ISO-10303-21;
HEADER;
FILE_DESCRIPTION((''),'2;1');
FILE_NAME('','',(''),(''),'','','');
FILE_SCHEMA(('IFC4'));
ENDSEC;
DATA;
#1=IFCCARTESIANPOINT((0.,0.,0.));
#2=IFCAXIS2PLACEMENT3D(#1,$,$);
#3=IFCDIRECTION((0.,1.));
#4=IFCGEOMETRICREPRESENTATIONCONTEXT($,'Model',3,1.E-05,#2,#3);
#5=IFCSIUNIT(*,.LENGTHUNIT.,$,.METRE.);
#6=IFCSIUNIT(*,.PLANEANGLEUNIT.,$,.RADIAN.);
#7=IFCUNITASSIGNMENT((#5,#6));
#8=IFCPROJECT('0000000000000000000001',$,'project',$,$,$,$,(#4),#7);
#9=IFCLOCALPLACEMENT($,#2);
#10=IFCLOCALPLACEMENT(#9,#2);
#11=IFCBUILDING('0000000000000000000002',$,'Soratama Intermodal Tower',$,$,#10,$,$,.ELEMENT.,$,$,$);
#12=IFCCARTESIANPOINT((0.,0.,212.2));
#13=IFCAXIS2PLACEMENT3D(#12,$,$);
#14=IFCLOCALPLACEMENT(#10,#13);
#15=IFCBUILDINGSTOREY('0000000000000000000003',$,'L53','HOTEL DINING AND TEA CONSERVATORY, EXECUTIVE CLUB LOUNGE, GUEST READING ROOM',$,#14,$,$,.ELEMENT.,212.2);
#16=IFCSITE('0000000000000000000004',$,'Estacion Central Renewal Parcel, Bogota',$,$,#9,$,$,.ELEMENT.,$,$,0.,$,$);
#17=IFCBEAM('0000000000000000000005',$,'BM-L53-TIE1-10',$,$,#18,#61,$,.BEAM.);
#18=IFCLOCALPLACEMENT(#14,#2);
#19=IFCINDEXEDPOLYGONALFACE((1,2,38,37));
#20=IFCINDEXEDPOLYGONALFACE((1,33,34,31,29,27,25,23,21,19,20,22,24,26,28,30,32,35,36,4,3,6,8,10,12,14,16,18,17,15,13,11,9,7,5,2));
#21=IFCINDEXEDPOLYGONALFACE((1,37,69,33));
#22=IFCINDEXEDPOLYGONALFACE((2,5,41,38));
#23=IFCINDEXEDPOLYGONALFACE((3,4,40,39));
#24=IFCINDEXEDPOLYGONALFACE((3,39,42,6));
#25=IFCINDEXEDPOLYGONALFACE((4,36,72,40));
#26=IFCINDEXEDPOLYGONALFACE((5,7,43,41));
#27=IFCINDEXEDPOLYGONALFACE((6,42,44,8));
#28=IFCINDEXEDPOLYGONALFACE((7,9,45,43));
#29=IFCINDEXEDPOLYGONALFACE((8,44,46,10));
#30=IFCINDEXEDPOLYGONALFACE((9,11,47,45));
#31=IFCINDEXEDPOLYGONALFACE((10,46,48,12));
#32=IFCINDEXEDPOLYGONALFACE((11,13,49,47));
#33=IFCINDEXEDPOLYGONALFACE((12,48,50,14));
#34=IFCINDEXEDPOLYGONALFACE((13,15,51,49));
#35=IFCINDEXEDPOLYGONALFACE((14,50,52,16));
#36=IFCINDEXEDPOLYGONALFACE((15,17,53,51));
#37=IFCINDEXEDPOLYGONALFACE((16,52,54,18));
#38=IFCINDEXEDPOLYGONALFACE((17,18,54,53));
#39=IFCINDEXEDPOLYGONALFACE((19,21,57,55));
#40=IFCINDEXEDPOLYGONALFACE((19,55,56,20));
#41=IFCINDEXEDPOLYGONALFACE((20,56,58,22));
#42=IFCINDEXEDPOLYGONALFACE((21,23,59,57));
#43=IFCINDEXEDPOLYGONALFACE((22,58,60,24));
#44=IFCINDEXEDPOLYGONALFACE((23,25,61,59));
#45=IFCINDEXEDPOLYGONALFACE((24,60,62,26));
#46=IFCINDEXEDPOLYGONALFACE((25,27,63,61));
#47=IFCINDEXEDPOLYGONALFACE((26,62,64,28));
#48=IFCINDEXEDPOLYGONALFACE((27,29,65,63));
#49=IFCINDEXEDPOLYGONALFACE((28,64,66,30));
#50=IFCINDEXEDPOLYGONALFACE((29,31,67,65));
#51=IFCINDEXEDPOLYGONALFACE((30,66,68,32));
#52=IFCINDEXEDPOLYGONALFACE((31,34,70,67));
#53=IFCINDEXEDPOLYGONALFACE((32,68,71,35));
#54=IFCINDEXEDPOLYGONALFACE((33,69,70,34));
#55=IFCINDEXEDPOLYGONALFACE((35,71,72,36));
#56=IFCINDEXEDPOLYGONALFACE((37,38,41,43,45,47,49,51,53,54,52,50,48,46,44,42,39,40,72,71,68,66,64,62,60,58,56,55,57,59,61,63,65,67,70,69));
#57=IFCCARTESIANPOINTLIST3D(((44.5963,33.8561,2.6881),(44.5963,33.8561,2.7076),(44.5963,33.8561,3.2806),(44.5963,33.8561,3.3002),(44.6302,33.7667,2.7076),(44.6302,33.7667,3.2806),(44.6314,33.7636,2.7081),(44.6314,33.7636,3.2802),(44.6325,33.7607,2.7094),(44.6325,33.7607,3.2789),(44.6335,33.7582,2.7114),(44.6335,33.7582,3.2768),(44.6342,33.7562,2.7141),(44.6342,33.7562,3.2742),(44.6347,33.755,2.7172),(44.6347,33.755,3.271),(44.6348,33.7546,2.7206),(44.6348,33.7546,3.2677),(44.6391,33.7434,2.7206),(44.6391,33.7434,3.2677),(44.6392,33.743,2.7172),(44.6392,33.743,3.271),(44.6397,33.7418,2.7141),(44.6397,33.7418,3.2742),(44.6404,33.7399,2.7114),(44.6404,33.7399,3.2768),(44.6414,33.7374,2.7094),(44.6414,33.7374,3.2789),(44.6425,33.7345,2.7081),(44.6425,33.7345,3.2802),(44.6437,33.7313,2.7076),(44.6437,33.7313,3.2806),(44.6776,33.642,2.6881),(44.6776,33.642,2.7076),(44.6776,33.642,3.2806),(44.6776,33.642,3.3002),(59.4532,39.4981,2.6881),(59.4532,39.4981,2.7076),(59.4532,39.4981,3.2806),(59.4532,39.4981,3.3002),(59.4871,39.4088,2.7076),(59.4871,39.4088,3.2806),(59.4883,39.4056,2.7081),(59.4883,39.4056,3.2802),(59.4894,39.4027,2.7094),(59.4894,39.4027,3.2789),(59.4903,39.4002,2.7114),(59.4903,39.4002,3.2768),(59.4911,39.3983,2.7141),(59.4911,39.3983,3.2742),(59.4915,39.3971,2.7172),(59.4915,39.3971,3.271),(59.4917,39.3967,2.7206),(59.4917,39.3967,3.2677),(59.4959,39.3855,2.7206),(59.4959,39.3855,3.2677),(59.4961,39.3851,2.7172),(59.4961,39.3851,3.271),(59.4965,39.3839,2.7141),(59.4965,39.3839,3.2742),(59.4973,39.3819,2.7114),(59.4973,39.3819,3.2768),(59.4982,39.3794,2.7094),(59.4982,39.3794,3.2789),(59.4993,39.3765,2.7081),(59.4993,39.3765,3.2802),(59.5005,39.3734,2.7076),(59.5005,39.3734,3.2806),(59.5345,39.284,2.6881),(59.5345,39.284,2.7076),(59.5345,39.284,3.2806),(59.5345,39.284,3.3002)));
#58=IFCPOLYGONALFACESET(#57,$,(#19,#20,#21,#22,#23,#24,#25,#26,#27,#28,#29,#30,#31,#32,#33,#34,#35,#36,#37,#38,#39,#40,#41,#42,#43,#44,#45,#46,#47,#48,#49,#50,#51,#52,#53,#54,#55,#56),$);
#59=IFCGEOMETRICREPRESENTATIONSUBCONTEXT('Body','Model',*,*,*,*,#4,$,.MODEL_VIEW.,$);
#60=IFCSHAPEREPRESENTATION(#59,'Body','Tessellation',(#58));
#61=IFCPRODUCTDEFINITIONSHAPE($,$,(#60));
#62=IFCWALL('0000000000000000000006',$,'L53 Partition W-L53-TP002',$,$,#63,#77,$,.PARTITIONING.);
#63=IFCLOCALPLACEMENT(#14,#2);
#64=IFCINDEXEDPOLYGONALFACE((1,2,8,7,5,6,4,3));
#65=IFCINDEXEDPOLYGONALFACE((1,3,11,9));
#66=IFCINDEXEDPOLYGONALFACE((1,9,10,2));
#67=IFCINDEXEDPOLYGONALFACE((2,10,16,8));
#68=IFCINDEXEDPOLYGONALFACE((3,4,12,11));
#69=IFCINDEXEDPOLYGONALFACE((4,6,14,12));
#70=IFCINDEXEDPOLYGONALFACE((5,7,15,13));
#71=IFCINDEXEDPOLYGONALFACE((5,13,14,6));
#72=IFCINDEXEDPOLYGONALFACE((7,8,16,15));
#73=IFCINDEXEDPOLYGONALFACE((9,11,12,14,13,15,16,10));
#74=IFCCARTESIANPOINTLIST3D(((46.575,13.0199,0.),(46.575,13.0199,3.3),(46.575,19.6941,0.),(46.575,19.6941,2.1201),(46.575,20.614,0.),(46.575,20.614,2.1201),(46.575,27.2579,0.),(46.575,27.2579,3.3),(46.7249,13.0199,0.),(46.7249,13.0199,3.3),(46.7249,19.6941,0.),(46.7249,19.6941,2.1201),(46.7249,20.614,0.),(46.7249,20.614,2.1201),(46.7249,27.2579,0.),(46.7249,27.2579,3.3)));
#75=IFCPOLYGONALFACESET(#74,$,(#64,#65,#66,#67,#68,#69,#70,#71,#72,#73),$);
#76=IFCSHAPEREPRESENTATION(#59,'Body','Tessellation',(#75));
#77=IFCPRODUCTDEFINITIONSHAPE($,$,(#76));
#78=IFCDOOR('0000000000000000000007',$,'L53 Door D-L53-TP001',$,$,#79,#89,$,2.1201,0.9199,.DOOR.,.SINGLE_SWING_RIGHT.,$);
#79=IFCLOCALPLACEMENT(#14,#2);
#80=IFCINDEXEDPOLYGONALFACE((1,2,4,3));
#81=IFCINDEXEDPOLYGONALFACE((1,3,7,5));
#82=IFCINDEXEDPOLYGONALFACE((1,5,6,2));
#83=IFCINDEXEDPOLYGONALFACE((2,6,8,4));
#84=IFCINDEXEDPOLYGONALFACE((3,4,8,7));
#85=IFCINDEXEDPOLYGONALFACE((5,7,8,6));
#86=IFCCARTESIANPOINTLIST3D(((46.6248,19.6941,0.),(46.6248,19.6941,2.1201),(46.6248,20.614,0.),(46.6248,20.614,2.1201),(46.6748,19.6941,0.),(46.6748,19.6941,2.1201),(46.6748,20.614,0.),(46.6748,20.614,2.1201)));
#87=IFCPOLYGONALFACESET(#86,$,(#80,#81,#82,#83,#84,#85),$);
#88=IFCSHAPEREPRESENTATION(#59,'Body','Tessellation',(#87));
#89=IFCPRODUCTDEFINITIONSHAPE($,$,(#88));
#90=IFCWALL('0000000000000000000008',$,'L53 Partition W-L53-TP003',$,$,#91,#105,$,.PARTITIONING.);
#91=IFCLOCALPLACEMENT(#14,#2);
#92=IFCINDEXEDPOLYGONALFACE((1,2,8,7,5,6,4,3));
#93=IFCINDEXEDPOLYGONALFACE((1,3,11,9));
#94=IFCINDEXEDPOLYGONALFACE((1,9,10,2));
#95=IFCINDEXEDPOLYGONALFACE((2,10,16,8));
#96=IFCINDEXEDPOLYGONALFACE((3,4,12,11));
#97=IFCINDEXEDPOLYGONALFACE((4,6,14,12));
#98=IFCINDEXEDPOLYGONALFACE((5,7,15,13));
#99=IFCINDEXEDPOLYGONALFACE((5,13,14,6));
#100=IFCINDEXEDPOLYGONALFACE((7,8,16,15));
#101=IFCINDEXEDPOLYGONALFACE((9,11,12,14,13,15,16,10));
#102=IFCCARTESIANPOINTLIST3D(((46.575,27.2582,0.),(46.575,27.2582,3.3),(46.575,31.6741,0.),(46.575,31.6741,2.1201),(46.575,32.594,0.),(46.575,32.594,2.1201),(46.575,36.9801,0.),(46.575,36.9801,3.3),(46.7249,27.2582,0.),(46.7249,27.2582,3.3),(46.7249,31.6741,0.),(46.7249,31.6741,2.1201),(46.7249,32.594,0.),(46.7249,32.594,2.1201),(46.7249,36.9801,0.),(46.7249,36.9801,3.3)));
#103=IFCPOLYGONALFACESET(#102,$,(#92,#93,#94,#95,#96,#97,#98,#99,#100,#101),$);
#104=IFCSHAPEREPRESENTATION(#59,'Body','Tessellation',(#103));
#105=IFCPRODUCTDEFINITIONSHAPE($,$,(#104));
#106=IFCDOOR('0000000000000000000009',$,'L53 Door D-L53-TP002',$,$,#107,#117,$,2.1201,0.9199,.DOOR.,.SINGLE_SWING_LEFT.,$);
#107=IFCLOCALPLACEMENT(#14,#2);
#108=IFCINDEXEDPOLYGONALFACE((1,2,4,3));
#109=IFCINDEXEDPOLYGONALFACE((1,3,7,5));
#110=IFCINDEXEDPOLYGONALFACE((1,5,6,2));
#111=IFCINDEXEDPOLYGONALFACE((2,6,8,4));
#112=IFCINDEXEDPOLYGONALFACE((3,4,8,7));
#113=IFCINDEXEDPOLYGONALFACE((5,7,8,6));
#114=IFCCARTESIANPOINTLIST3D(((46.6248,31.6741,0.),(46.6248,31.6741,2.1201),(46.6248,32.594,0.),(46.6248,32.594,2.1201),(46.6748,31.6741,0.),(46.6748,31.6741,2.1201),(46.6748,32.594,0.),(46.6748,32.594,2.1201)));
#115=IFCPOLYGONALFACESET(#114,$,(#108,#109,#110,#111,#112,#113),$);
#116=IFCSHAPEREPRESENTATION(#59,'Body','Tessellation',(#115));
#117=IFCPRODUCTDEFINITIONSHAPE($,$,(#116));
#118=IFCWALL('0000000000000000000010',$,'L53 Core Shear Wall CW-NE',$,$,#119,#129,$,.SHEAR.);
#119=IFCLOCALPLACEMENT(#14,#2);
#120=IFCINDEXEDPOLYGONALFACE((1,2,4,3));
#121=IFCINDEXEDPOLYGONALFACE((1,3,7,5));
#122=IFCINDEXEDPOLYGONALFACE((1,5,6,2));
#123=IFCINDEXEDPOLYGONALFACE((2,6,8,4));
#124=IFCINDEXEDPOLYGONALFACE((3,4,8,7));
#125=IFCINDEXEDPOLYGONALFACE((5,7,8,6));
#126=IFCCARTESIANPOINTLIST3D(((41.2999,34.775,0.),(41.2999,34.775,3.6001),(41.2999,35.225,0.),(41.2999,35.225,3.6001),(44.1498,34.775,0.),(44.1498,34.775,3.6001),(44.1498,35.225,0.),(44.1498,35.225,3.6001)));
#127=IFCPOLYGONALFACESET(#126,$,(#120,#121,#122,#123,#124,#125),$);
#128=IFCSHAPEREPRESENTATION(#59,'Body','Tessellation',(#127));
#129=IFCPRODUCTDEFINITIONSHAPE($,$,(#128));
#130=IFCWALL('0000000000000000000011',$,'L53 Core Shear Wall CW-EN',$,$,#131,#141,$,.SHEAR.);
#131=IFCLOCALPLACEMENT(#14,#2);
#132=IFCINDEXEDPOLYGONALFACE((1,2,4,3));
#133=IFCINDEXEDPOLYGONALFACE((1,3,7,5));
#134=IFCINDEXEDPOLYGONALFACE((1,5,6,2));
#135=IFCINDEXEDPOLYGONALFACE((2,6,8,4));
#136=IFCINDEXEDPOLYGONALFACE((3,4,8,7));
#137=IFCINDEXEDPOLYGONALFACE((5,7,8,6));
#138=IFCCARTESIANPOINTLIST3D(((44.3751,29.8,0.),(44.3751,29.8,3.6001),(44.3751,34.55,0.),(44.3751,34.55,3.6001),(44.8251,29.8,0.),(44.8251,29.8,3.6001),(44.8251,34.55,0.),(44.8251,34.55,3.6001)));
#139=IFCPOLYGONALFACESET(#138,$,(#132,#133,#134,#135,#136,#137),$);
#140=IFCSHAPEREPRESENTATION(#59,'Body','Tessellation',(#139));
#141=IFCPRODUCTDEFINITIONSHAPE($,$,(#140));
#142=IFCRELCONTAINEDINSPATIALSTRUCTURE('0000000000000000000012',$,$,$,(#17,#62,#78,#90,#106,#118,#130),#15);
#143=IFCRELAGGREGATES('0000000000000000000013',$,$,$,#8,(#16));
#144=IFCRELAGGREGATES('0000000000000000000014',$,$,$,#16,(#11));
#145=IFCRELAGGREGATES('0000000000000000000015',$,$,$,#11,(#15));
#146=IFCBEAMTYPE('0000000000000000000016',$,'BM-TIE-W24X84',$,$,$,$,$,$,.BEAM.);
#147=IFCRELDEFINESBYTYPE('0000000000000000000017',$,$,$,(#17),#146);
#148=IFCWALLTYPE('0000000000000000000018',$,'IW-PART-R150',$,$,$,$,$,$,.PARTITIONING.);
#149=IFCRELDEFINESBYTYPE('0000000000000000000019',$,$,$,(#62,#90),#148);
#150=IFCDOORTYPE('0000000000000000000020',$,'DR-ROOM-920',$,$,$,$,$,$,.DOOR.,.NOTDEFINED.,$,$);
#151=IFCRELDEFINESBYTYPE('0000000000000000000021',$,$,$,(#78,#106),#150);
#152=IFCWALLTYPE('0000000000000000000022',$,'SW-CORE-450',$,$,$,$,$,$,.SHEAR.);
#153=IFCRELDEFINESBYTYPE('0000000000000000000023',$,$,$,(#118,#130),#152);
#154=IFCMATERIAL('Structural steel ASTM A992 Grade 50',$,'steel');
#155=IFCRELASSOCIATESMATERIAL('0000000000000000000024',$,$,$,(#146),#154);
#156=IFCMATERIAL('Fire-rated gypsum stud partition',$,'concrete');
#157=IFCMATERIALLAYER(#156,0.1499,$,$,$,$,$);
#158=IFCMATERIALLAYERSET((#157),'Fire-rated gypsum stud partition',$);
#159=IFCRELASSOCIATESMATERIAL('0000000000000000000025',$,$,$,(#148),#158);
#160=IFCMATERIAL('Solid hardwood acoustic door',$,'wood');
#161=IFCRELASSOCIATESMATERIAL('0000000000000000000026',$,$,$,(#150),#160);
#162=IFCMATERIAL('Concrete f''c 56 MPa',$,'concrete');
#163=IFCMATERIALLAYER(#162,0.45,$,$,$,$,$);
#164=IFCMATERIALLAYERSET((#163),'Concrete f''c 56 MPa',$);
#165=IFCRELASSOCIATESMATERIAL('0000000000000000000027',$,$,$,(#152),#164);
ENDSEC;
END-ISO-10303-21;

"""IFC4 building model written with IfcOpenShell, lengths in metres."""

from ifc_helpers import new_model, si_unit, direction, frame, frame_2d, origin, origin_2d, place, context, subcontext, project, spatial, rectangle, i_section, extrude, material, layer, layer_set, material_profile, profile_set, type_object, element, fill, save


model = new_model("IFC4")

# Units and contexts
model_context = context("Model", 3, precision=1e-05, world=origin(), true_north=direction((0.0, 1.0)))
body_context = subcontext(model_context, "Body", "Model", "MODEL_VIEW")
ifc_project = project(units=[si_unit("LENGTHUNIT", "METRE"), si_unit("PLANEANGLEUNIT", "RADIAN")], contexts=[model_context])

# Site, building, storey
site_placement = place(None, origin())
site = spatial("IfcSite", under=ifc_project, at=site_placement, Name="Estacion Central Renewal Parcel, Bogota", CompositionType="ELEMENT", RefElevation=0.0)
building_placement = place(site_placement, origin())
building = spatial("IfcBuilding", under=site, at=building_placement, Name="Soratama Intermodal Tower", CompositionType="ELEMENT")
storey_placement = place(building_placement, frame((0.0, 0.0, 212.2)))
storey = spatial("IfcBuildingStorey", under=building, at=storey_placement, Name="L53", Description="HOTEL DINING AND TEA CONSERVATORY, EXECUTIVE CLUB LOUNGE, GUEST READING ROOM", CompositionType="ELEMENT", Elevation=212.2)

# Beam
ifc_material_1 = material(Name="Structural steel ASTM A992 Grade 50", Category="steel")
ifc_material_profile_1 = material_profile(ifc_material_1, i_section(OverallWidth=0.229, OverallDepth=0.6121, WebThickness=0.012, FlangeThickness=0.0195, FilletRadius=0.0129, at=origin_2d()), Name="W24X84")
ifc_profile_set_1 = profile_set([ifc_material_profile_1], Name="Structural steel ASTM A992 Grade 50")
beam_type_1 = type_object("IfcBeamType", Name="BM-TIE-W24X84", PredefinedType="BEAM", material=ifc_profile_set_1)
beam_1_placement = place(storey_placement, frame((44.637, 33.749, 2.9941), z_axis=(0.934858, 0.355023, 0.0), x_axis=(-0.355023, 0.934858, 0.0)))
element("IfcBeam", 1, at=beam_1_placement, inside=storey, type_object=beam_type_1, Name="BM-L53-TIE1-10", PredefinedType="BEAM", context=body_context, shape_type="SweptSolid", body=[
    extrude(i_section(OverallWidth=0.229, OverallDepth=0.6121, WebThickness=0.012, FlangeThickness=0.0195, FilletRadius=0.0129, at=origin_2d()), origin(), (0.0, 0.0, 1.0), 15.8921),
])

# Walls, openings, doors
ifc_material_2 = material(Name="Fire-rated gypsum stud partition", Category="concrete")
ifc_layer_1 = layer(ifc_material_2, 0.1499)
ifc_layer_set_1 = layer_set([ifc_layer_1], Name="Fire-rated gypsum stud partition")
wall_type_1 = type_object("IfcWallType", Name="IW-PART-R150", PredefinedType="PARTITIONING", material=ifc_layer_set_1)
wall_1_placement = place(storey_placement, frame((46.6499, 27.2581, 0.0), z_axis=(0.0, 0.0, 1.0), x_axis=(0.0, -1.0, 0.0)))
wall_1 = element("IfcWall", 2, at=wall_1_placement, inside=storey, type_object=wall_type_1, Name="L53 Partition W-L53-TP002", PredefinedType="PARTITIONING", context=body_context, shape_type="SweptSolid", body=[
    extrude(rectangle(XDim=14.238, YDim=0.1499, at=frame_2d((7.1191, 0.0))), origin(), (0.0, 0.0, 1.0), 3.3),
])
opening_1_placement = place(wall_1_placement, frame((6.644, 0.0, 0.0)))
opening_1 = element("IfcOpeningElement", 3, at=opening_1_placement, cuts=wall_1, PredefinedType="OPENING", context=body_context, shape_type="SweptSolid", body=[
    extrude(rectangle(XDim=0.9199, YDim=2.1201, at=frame_2d((0.46, 1.0601))), frame((0.0, 0.085, 0.0), z_axis=(0.0, -1.0, 0.0), x_axis=(1.0, 0.0, 0.0)), (0.0, 0.0, 1.0), 0.1699),
])
ifc_material_3 = material(Name="Solid hardwood acoustic door", Category="wood")
door_type_1 = type_object("IfcDoorType", Name="DR-ROOM-920", OperationType="NOTDEFINED", PredefinedType="DOOR", material=ifc_material_3)
door_1_placement = place(opening_1_placement, origin())
door_1 = element("IfcDoor", 4, at=door_1_placement, inside=storey, type_object=door_type_1, Name="L53 Door D-L53-TP001", OperationType="SINGLE_SWING_RIGHT", OverallHeight=2.1201, OverallWidth=0.9199, PredefinedType="DOOR", context=body_context, shape_type="SweptSolid", body=[
    extrude(rectangle(XDim=0.9199, YDim=2.1201, at=frame_2d((0.46, 1.0601))), frame((0.0, 0.0249, 0.0), z_axis=(0.0, -1.0, 0.0), x_axis=(1.0, 0.0, 0.0)), (0.0, 0.0, 1.0), 0.05),
])
fill(opening_1, door_1)
wall_2_placement = place(storey_placement, frame((46.6499, 36.98, 0.0), z_axis=(0.0, 0.0, 1.0), x_axis=(0.0, -1.0, 0.0)))
wall_2 = element("IfcWall", 5, at=wall_2_placement, inside=storey, type_object=wall_type_1, Name="L53 Partition W-L53-TP003", PredefinedType="PARTITIONING", context=body_context, shape_type="SweptSolid", body=[
    extrude(rectangle(XDim=9.7219, YDim=0.1499, at=frame_2d((4.8608, 0.0))), origin(), (0.0, 0.0, 1.0), 3.3),
])
opening_2_placement = place(wall_2_placement, frame((4.386, 0.0, 0.0)))
opening_2 = element("IfcOpeningElement", 6, at=opening_2_placement, cuts=wall_2, PredefinedType="OPENING", context=body_context, shape_type="SweptSolid", body=[
    extrude(rectangle(XDim=0.9199, YDim=2.1201, at=frame_2d((0.46, 1.0601))), frame((0.0, 0.085, 0.0), z_axis=(0.0, -1.0, 0.0), x_axis=(1.0, 0.0, 0.0)), (0.0, 0.0, 1.0), 0.1699),
])
door_2_placement = place(opening_2_placement, origin())
door_2 = element("IfcDoor", 7, at=door_2_placement, inside=storey, type_object=door_type_1, Name="L53 Door D-L53-TP002", OperationType="SINGLE_SWING_LEFT", OverallHeight=2.1201, OverallWidth=0.9199, PredefinedType="DOOR", context=body_context, shape_type="SweptSolid", body=[
    extrude(rectangle(XDim=0.9199, YDim=2.1201, at=frame_2d((0.46, 1.0601))), frame((0.0, 0.0249, 0.0), z_axis=(0.0, -1.0, 0.0), x_axis=(1.0, 0.0, 0.0)), (0.0, 0.0, 1.0), 0.05),
])
fill(opening_2, door_2)

# Walls
ifc_material_4 = material(Name="Concrete f'c 56 MPa", Category="concrete")
ifc_layer_2 = layer(ifc_material_4, 0.45)
ifc_layer_set_2 = layer_set([ifc_layer_2], Name="Concrete f'c 56 MPa")
wall_type_2 = type_object("IfcWallType", Name="SW-CORE-450", PredefinedType="SHEAR", material=ifc_layer_set_2)
wall_3_placement = place(storey_placement, frame((41.3, 35.0, 0.0), z_axis=(0.0, 0.0, 1.0), x_axis=(1.0, 0.0, 0.0)))
element("IfcWall", 8, at=wall_3_placement, inside=storey, type_object=wall_type_2, Name="L53 Core Shear Wall CW-NE", PredefinedType="SHEAR", context=body_context, shape_type="SweptSolid", body=[
    extrude(rectangle(XDim=2.8499, YDim=0.45, at=frame_2d((1.4248, 0.0))), origin(), (0.0, 0.0, 1.0), 3.6001),
])
wall_4_placement = place(storey_placement, frame((44.6001, 29.8, 0.0), z_axis=(0.0, 0.0, 1.0), x_axis=(0.0, 1.0, 0.0)))
element("IfcWall", 9, at=wall_4_placement, inside=storey, type_object=wall_type_2, Name="L53 Core Shear Wall CW-EN", PredefinedType="SHEAR", context=body_context, shape_type="SweptSolid", body=[
    extrude(rectangle(XDim=4.75, YDim=0.45, at=frame_2d((2.375, 0.0))), origin(), (0.0, 0.0, 1.0), 3.6001),
])

save(model, "model.ifc")
